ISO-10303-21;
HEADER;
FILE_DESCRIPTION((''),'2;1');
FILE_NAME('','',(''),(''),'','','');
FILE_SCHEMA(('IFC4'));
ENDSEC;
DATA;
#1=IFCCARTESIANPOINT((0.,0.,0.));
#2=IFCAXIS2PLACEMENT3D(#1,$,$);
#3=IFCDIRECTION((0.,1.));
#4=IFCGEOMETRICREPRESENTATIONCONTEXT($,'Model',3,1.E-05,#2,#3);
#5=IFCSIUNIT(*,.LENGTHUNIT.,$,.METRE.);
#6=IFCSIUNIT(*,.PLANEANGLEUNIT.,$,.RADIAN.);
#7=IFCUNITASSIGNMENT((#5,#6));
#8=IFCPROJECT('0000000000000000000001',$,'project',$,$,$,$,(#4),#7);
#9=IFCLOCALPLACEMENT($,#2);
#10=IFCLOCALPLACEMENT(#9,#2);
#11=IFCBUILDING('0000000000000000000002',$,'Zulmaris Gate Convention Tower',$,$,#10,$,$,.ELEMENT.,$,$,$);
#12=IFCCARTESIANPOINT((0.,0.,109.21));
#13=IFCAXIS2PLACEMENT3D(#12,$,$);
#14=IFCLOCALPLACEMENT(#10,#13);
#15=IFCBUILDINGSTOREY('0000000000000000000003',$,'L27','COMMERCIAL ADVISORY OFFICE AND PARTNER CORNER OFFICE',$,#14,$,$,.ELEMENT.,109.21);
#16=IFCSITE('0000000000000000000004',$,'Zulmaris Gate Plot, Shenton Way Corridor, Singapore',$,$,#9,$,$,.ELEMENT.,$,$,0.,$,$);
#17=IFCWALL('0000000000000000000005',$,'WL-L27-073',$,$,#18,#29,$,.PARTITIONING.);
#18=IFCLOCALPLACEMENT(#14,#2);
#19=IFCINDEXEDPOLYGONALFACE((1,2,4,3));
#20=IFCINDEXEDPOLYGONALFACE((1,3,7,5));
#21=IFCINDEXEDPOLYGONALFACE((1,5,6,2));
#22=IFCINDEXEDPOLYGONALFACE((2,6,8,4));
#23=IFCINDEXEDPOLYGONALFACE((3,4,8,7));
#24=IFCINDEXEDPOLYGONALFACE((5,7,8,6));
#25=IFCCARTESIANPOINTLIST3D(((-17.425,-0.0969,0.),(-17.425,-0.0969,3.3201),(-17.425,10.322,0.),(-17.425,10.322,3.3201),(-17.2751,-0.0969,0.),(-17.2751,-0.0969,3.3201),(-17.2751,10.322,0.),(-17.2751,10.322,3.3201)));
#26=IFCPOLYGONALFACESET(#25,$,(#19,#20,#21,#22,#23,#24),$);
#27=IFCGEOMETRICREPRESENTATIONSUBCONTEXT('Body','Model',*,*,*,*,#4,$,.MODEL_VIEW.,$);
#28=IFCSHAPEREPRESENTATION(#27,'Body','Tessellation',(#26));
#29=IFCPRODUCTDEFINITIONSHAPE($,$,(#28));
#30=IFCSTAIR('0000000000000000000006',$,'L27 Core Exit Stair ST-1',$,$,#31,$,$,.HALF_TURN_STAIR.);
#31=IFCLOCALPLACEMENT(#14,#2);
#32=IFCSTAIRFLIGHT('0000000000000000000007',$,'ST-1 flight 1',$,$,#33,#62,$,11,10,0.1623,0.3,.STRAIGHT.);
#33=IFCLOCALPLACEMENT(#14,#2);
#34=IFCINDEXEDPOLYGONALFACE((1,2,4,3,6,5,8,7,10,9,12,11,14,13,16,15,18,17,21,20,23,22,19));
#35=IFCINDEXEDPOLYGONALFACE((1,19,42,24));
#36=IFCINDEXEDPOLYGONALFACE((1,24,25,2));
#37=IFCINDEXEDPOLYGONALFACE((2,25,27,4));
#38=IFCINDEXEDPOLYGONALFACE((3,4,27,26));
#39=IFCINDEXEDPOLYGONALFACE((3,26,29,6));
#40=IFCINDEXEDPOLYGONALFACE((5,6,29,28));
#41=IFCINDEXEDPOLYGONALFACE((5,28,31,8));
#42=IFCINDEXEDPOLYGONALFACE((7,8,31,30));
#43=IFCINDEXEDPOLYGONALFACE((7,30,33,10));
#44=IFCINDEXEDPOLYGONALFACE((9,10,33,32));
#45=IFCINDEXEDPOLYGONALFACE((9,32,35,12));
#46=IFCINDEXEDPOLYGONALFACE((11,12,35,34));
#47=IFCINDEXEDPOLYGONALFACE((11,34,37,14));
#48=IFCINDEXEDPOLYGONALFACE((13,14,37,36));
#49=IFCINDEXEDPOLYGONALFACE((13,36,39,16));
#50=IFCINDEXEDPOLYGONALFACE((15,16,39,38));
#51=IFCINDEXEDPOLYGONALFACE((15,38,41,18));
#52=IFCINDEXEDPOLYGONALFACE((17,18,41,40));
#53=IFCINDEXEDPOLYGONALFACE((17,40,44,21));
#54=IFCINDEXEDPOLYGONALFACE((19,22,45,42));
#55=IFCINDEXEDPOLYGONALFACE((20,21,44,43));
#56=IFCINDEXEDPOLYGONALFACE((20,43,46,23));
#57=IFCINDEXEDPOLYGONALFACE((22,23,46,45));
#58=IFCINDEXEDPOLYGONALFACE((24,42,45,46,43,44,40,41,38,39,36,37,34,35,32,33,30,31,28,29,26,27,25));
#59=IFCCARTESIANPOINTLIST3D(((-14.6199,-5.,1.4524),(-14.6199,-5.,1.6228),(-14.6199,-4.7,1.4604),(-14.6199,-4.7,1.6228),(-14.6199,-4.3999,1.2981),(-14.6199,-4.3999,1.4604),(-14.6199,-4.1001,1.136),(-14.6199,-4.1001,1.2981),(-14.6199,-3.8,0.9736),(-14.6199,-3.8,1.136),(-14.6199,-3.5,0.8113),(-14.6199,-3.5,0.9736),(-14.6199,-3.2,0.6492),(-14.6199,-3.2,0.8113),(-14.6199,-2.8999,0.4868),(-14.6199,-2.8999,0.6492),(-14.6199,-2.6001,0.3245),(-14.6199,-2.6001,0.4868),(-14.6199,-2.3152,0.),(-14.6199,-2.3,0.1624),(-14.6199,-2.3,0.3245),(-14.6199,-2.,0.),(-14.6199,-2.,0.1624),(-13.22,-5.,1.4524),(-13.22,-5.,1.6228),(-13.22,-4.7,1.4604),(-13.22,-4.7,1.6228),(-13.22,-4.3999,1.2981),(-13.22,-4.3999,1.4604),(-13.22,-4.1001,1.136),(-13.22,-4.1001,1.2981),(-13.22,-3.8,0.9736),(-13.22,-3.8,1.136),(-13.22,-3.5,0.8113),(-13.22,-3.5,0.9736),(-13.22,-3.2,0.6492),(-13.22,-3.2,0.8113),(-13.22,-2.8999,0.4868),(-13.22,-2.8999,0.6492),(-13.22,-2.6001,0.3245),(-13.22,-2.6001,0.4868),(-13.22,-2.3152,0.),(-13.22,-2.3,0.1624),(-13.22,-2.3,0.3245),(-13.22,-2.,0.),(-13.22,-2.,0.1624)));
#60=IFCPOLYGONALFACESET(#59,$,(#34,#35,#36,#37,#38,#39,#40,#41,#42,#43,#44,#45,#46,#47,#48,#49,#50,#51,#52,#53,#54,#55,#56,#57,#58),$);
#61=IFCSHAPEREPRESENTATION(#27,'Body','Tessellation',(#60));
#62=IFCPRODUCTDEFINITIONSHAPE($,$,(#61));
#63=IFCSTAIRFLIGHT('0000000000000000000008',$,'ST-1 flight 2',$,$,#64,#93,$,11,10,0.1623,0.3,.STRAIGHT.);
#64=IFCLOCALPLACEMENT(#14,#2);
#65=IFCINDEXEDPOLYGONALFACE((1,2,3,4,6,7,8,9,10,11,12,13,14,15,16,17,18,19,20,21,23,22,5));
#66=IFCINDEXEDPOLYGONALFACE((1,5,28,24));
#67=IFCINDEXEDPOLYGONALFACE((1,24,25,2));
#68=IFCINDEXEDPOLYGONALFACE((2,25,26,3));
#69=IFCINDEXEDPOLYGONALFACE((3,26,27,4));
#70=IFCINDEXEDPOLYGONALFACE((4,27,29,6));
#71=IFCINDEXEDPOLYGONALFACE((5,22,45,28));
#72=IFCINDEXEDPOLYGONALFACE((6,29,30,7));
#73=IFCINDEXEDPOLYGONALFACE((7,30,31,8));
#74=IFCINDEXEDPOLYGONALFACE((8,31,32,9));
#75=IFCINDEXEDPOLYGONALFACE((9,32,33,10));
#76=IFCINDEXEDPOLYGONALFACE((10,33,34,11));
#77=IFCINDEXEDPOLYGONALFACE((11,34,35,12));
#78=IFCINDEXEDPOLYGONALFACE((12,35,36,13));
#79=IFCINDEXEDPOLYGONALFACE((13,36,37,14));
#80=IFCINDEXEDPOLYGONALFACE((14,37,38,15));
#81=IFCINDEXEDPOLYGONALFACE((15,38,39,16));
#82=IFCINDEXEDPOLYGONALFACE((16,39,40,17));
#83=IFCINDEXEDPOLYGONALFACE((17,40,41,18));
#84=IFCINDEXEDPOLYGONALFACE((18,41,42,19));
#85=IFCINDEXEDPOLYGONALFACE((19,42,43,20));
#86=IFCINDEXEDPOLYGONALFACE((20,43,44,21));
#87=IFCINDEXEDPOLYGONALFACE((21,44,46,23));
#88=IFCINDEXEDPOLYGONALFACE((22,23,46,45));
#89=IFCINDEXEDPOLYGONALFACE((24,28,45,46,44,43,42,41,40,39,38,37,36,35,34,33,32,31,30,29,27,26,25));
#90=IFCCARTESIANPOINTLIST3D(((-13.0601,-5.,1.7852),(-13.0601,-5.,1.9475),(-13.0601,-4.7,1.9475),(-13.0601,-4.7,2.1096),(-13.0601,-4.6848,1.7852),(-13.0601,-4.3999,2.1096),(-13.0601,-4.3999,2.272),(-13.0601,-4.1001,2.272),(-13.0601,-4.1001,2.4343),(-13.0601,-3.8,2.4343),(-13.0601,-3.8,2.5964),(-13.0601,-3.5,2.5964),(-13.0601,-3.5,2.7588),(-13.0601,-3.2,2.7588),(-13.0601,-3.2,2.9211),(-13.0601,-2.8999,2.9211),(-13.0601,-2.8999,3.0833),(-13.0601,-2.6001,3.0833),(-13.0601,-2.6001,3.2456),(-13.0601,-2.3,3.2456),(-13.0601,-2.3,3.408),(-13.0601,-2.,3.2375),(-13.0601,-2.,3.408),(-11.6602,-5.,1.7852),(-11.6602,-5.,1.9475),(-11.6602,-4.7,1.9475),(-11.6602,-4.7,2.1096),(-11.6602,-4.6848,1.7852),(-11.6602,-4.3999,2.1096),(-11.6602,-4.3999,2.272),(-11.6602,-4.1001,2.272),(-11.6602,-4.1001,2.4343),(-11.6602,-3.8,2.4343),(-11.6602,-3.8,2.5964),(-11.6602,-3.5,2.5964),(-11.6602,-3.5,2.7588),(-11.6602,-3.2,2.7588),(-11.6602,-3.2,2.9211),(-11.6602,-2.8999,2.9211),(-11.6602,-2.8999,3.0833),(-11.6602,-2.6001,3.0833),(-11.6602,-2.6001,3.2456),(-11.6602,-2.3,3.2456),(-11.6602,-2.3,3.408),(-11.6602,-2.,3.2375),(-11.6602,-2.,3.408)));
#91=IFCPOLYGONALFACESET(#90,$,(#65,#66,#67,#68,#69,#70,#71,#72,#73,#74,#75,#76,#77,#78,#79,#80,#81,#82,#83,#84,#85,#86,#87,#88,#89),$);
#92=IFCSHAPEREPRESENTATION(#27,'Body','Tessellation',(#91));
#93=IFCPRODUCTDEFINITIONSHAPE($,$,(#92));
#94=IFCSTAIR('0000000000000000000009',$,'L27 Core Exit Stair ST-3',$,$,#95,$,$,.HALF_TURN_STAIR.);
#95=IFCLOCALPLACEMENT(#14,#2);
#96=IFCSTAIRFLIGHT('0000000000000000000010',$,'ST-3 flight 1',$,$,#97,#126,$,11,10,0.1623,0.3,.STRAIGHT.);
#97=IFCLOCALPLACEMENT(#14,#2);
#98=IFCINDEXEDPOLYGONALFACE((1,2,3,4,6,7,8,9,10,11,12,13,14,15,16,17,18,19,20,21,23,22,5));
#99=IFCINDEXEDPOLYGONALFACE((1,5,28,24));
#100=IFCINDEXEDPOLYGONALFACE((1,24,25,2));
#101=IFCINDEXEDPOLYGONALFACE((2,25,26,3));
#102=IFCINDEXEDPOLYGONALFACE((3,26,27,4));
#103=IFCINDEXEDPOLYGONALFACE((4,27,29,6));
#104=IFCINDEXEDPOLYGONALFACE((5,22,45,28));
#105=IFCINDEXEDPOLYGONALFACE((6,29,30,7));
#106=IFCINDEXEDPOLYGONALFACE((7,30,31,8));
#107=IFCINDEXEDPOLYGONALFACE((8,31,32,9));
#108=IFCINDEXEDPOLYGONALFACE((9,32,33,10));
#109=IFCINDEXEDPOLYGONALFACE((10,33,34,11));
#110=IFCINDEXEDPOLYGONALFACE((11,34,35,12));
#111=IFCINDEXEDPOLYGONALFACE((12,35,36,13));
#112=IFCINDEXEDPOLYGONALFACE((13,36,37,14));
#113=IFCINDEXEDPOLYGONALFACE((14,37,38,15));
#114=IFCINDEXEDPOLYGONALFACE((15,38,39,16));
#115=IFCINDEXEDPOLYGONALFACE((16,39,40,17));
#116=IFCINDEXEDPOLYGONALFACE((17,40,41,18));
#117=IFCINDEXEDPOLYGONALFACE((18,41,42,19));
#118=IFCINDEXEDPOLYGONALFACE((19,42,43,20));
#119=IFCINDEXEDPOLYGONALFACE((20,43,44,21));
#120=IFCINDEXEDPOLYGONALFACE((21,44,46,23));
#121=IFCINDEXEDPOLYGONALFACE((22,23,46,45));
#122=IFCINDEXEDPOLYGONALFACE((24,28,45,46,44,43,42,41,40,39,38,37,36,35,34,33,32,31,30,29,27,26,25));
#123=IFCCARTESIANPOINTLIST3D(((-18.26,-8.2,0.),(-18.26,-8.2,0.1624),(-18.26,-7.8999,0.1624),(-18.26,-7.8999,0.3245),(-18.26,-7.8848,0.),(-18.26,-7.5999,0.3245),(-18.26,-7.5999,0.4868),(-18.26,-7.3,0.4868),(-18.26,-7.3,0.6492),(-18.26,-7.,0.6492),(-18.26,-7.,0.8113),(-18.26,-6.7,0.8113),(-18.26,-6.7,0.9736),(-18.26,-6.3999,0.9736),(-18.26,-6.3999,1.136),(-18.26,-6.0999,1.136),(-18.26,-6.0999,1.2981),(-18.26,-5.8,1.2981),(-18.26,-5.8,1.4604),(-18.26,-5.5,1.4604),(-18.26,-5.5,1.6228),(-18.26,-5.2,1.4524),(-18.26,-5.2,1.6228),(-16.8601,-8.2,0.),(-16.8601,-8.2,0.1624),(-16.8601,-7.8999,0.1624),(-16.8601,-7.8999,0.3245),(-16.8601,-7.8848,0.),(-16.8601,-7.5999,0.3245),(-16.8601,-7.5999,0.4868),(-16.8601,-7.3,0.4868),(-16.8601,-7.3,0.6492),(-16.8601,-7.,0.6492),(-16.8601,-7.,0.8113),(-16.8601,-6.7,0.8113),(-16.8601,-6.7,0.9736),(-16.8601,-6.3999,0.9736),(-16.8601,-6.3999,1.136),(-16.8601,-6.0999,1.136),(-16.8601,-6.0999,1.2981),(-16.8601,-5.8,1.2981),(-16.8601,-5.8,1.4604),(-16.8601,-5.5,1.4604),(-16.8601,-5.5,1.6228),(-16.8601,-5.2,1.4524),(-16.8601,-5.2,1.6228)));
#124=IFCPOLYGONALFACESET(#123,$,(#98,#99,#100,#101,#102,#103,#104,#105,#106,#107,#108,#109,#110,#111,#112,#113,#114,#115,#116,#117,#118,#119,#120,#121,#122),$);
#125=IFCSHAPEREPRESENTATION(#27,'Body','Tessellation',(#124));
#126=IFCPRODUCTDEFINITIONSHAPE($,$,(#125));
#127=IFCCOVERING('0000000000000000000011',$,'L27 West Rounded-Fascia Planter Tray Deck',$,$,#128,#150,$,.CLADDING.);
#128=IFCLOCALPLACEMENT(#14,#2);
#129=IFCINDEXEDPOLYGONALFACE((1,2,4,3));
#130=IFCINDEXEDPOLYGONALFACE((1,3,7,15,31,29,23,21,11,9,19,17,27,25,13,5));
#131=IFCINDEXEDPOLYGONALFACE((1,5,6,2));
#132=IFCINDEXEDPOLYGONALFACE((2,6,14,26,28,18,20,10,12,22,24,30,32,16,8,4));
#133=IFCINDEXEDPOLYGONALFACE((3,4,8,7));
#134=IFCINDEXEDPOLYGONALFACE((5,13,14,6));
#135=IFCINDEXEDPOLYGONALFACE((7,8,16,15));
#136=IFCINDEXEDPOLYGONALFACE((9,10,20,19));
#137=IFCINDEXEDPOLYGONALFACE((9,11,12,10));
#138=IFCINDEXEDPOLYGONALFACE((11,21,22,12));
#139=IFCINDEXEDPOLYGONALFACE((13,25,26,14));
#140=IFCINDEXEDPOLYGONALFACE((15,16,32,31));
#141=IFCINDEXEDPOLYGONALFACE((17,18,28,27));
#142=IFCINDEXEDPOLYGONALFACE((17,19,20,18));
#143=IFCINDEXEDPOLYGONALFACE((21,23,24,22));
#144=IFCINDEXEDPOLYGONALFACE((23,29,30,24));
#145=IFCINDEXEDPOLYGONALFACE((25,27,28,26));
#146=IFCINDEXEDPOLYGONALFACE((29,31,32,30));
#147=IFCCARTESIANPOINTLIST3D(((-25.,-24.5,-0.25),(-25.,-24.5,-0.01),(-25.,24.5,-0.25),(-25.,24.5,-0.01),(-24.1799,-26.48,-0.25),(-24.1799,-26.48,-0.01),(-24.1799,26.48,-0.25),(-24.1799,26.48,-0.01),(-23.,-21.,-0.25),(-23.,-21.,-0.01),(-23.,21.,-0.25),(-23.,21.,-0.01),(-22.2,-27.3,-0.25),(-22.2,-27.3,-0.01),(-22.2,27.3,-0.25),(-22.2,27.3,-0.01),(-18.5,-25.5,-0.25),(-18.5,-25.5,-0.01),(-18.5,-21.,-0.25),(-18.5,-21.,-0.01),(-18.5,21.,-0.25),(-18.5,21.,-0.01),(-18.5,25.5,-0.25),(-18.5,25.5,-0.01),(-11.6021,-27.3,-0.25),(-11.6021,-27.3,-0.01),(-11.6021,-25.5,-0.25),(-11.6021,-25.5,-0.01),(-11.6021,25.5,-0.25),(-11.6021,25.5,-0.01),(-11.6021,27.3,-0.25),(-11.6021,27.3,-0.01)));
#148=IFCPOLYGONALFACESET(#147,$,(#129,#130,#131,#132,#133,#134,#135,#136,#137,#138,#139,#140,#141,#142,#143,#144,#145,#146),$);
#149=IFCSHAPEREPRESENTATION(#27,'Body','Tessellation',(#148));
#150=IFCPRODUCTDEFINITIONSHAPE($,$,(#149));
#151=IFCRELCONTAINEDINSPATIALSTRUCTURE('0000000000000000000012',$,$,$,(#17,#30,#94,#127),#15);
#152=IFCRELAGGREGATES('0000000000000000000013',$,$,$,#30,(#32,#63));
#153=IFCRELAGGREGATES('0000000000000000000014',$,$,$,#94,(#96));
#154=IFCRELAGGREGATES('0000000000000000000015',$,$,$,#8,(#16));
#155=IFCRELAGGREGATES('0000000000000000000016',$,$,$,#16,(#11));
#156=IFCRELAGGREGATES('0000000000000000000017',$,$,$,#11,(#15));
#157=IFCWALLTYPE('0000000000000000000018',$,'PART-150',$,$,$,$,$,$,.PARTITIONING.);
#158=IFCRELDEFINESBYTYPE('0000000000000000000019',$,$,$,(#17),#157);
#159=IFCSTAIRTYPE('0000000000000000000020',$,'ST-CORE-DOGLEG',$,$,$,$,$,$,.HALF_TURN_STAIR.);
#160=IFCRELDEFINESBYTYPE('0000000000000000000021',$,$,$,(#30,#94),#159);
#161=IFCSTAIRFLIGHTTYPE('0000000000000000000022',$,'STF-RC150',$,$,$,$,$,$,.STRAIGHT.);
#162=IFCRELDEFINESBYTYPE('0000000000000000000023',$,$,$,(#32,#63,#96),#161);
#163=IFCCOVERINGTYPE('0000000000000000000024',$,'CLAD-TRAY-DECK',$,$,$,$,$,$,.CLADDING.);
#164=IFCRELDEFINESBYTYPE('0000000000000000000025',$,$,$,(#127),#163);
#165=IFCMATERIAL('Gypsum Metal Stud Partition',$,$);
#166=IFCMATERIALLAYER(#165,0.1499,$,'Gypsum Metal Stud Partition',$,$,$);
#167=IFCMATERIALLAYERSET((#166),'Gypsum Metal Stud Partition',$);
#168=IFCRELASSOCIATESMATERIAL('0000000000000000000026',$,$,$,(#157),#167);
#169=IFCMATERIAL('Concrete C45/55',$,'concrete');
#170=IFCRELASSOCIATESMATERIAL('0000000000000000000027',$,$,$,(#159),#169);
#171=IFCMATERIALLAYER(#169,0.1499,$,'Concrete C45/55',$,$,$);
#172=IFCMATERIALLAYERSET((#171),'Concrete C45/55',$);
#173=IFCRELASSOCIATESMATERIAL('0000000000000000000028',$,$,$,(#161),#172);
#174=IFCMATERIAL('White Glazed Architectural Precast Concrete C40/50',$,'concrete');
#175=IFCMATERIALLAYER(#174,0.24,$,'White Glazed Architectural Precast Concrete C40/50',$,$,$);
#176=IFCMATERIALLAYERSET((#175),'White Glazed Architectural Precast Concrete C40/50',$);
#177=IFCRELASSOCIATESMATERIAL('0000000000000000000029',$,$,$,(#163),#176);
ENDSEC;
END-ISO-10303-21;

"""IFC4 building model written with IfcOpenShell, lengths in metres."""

from ifc_helpers import new_model, si_unit, direction, frame, frame_2d, origin, place, context, subcontext, project, spatial, polyline, rectangle, outline, extrude, material, layer, layer_set, type_object, element, aggregate, save


model = new_model("IFC4")

# Units and contexts
model_context = context("Model", 3, precision=1e-05, world=origin(), true_north=direction((0.0, 1.0)))
body_context = subcontext(model_context, "Body", "Model", "MODEL_VIEW")
ifc_project = project(units=[si_unit("LENGTHUNIT", "METRE"), si_unit("PLANEANGLEUNIT", "RADIAN")], contexts=[model_context])

# Site, building, storey
site_placement = place(None, origin())
site = spatial("IfcSite", under=ifc_project, at=site_placement, Name="Zulmaris Gate Plot, Shenton Way Corridor, Singapore", CompositionType="ELEMENT", RefElevation=0.0)
building_placement = place(site_placement, origin())
building = spatial("IfcBuilding", under=site, at=building_placement, Name="Zulmaris Gate Convention Tower", CompositionType="ELEMENT")
storey_placement = place(building_placement, frame((0.0, 0.0, 109.21)))
storey = spatial("IfcBuildingStorey", under=building, at=storey_placement, Name="L27", Description="COMMERCIAL ADVISORY OFFICE AND PARTNER CORNER OFFICE", CompositionType="ELEMENT", Elevation=109.21)

# Shared definitions
ifc_material_1 = material(Name="Gypsum Metal Stud Partition")
ifc_layer_1 = layer(ifc_material_1, 0.1499, Name="Gypsum Metal Stud Partition")
ifc_layer_set_1 = layer_set([ifc_layer_1], Name="Gypsum Metal Stud Partition")
wall_type_1 = type_object("IfcWallType", Name="PART-150", PredefinedType="PARTITIONING", material=ifc_layer_set_1)

# Wall
wall_1_placement = place(storey_placement, frame((-17.3501, -0.0969, 0.0), z_axis=(0.0, 0.0, 1.0), x_axis=(0.0, 1.0, 0.0)))
element("IfcWall", 1, at=wall_1_placement, inside=storey, type_object=wall_type_1, Name="WL-L27-073", PredefinedType="PARTITIONING", context=body_context, shape_type="SweptSolid", body=[
    extrude(rectangle(XDim=10.4189, YDim=0.1499, at=frame_2d((5.2095, 0.0))), origin(), (0.0, 0.0, 1.0), 3.3201),
])

# Stair, stair flights
ifc_material_2 = material(Name="Concrete C45/55", Category="concrete")
stair_type = type_object("IfcStairType", Name="ST-CORE-DOGLEG", PredefinedType="HALF_TURN_STAIR", material=ifc_material_2)
stair_1_placement = place(storey_placement, origin())
stair_1 = element("IfcStair", 2, at=stair_1_placement, inside=storey, type_object=stair_type, Name="L27 Core Exit Stair ST-1", PredefinedType="HALF_TURN_STAIR")
ifc_layer_2 = layer(ifc_material_2, 0.1499, Name="Concrete C45/55")
ifc_layer_set_2 = layer_set([ifc_layer_2], Name="Concrete C45/55")
stair_flight_type = type_object("IfcStairFlightType", Name="STF-RC150", PredefinedType="STRAIGHT", material=ifc_layer_set_2)
stair_flight_1_placement = place(storey_placement, frame((-13.9199, -2.0, 0.0), z_axis=(0.0, 0.0, 1.0), x_axis=(0.0, -1.0, 0.0)))
stair_flight_1 = element("IfcStairFlight", 3, at=stair_flight_1_placement, type_object=stair_flight_type, Name="ST-1 flight 1", NumberOfRisers=11, NumberOfTreads=10, PredefinedType="STRAIGHT", RiserHeight=0.1623, TreadLength=0.3, context=body_context, shape_type="SweptSolid", body=[
    extrude(outline(polyline([(0.0, 0.0), (0.0, 0.1624), (0.3, 0.1624), (0.3, 0.3245), (0.6001, 0.3245), (0.6001, 0.4868), (0.8999, 0.4868), (0.8999, 0.6492), (1.2, 0.6492), (1.2, 0.8113), (1.5, 0.8113), (1.5, 0.9736), (1.8, 0.9736), (1.8, 1.136), (2.1001, 1.136), (2.1001, 1.2981), (2.3999, 1.2981), (2.3999, 1.4604), (2.7, 1.4604), (2.7, 1.6228), (3.0, 1.6228), (3.0, 1.7849), (3.0, 1.4524), (0.3152, 0.0), (0.0, 0.0)])), frame((0.0, 0.7, 0.0), z_axis=(0.0, -1.0, 0.0), x_axis=(1.0, 0.0, 0.0)), (0.0, 0.0, 1.0), 1.3999),
])
stair_flight_2_placement = place(storey_placement, frame((-12.3601, -5.0, 1.7852), z_axis=(0.0, 0.0, 1.0), x_axis=(0.0, 1.0, 0.0)))
stair_flight_2 = element("IfcStairFlight", 4, at=stair_flight_2_placement, type_object=stair_flight_type, Name="ST-1 flight 2", NumberOfRisers=11, NumberOfTreads=10, PredefinedType="STRAIGHT", RiserHeight=0.1623, TreadLength=0.3, context=body_context, shape_type="SweptSolid", body=[
    extrude(outline(polyline([(0.0, 0.0), (0.0, 0.1624), (0.3, 0.1624), (0.3, 0.3245), (0.6001, 0.3245), (0.6001, 0.4868), (0.8999, 0.4868), (0.8999, 0.6492), (1.2, 0.6492), (1.2, 0.8113), (1.5, 0.8113), (1.5, 0.9736), (1.8, 0.9736), (1.8, 1.136), (2.1001, 1.136), (2.1001, 1.2981), (2.3999, 1.2981), (2.3999, 1.4604), (2.7, 1.4604), (2.7, 1.6228), (3.0, 1.6228), (3.0, 1.7849), (3.0, 1.4524), (0.3152, 0.0), (0.0, 0.0)])), frame((0.0, 0.7, 0.0), z_axis=(0.0, -1.0, 0.0), x_axis=(1.0, 0.0, 0.0)), (0.0, 0.0, 1.0), 1.3999),
])
aggregate(stair_1, [stair_flight_1, stair_flight_2])

# Stair, stair flight
stair_2_placement = place(storey_placement, origin())
stair_2 = element("IfcStair", 5, at=stair_2_placement, inside=storey, type_object=stair_type, Name="L27 Core Exit Stair ST-3", PredefinedType="HALF_TURN_STAIR")
stair_flight_3_placement = place(storey_placement, frame((-17.5601, -8.2, 0.0), z_axis=(0.0, 0.0, 1.0), x_axis=(0.0, 1.0, 0.0)))
stair_flight_3 = element("IfcStairFlight", 6, at=stair_flight_3_placement, type_object=stair_flight_type, Name="ST-3 flight 1", NumberOfRisers=11, NumberOfTreads=10, PredefinedType="STRAIGHT", RiserHeight=0.1623, TreadLength=0.3, context=body_context, shape_type="SweptSolid", body=[
    extrude(outline(polyline([(0.0, 0.0), (0.0, 0.1624), (0.3, 0.1624), (0.3, 0.3245), (0.6001, 0.3245), (0.6001, 0.4868), (0.8999, 0.4868), (0.8999, 0.6492), (1.2, 0.6492), (1.2, 0.8113), (1.5, 0.8113), (1.5, 0.9736), (1.8, 0.9736), (1.8, 1.136), (2.1001, 1.136), (2.1001, 1.2981), (2.3999, 1.2981), (2.3999, 1.4604), (2.7, 1.4604), (2.7, 1.6228), (3.0, 1.6228), (3.0, 1.7849), (3.0, 1.4524), (0.3152, 0.0), (0.0, 0.0)])), frame((0.0, 0.7, 0.0), z_axis=(0.0, -1.0, 0.0), x_axis=(1.0, 0.0, 0.0)), (0.0, 0.0, 1.0), 1.3999),
])
aggregate(stair_2, [stair_flight_3])

# Covering
ifc_material_3 = material(Name="White Glazed Architectural Precast Concrete C40/50", Category="concrete")
ifc_layer_3 = layer(ifc_material_3, 0.24, Name="White Glazed Architectural Precast Concrete C40/50")
ifc_layer_set_3 = layer_set([ifc_layer_3], Name="White Glazed Architectural Precast Concrete C40/50")
covering_type = type_object("IfcCoveringType", Name="CLAD-TRAY-DECK", PredefinedType="CLADDING", material=ifc_layer_set_3)
covering_placement = place(storey_placement, frame((0.0, 0.0, -0.25)))
element("IfcCovering", 7, at=covering_placement, inside=storey, type_object=covering_type, Name="L27 West Rounded-Fascia Planter Tray Deck", PredefinedType="CLADDING", context=body_context, shape_type="SweptSolid", body=[
    extrude(outline(polyline([(-25.0, 24.5), (-24.1799, 26.48), (-22.2, 27.3), (-11.6021, 27.3), (-11.6021, 25.5), (-18.5, 25.5), (-18.5, 21.0), (-23.0, 21.0), (-23.0, -21.0), (-18.5, -21.0), (-18.5, -25.5), (-11.6021, -25.5), (-11.6021, -27.3), (-22.2, -27.3), (-24.1799, -26.48), (-25.0, -24.5), (-25.0, 24.5)])), origin(), (0.0, 0.0, 1.0), 0.24),
])

save(model, "model.ifc")
